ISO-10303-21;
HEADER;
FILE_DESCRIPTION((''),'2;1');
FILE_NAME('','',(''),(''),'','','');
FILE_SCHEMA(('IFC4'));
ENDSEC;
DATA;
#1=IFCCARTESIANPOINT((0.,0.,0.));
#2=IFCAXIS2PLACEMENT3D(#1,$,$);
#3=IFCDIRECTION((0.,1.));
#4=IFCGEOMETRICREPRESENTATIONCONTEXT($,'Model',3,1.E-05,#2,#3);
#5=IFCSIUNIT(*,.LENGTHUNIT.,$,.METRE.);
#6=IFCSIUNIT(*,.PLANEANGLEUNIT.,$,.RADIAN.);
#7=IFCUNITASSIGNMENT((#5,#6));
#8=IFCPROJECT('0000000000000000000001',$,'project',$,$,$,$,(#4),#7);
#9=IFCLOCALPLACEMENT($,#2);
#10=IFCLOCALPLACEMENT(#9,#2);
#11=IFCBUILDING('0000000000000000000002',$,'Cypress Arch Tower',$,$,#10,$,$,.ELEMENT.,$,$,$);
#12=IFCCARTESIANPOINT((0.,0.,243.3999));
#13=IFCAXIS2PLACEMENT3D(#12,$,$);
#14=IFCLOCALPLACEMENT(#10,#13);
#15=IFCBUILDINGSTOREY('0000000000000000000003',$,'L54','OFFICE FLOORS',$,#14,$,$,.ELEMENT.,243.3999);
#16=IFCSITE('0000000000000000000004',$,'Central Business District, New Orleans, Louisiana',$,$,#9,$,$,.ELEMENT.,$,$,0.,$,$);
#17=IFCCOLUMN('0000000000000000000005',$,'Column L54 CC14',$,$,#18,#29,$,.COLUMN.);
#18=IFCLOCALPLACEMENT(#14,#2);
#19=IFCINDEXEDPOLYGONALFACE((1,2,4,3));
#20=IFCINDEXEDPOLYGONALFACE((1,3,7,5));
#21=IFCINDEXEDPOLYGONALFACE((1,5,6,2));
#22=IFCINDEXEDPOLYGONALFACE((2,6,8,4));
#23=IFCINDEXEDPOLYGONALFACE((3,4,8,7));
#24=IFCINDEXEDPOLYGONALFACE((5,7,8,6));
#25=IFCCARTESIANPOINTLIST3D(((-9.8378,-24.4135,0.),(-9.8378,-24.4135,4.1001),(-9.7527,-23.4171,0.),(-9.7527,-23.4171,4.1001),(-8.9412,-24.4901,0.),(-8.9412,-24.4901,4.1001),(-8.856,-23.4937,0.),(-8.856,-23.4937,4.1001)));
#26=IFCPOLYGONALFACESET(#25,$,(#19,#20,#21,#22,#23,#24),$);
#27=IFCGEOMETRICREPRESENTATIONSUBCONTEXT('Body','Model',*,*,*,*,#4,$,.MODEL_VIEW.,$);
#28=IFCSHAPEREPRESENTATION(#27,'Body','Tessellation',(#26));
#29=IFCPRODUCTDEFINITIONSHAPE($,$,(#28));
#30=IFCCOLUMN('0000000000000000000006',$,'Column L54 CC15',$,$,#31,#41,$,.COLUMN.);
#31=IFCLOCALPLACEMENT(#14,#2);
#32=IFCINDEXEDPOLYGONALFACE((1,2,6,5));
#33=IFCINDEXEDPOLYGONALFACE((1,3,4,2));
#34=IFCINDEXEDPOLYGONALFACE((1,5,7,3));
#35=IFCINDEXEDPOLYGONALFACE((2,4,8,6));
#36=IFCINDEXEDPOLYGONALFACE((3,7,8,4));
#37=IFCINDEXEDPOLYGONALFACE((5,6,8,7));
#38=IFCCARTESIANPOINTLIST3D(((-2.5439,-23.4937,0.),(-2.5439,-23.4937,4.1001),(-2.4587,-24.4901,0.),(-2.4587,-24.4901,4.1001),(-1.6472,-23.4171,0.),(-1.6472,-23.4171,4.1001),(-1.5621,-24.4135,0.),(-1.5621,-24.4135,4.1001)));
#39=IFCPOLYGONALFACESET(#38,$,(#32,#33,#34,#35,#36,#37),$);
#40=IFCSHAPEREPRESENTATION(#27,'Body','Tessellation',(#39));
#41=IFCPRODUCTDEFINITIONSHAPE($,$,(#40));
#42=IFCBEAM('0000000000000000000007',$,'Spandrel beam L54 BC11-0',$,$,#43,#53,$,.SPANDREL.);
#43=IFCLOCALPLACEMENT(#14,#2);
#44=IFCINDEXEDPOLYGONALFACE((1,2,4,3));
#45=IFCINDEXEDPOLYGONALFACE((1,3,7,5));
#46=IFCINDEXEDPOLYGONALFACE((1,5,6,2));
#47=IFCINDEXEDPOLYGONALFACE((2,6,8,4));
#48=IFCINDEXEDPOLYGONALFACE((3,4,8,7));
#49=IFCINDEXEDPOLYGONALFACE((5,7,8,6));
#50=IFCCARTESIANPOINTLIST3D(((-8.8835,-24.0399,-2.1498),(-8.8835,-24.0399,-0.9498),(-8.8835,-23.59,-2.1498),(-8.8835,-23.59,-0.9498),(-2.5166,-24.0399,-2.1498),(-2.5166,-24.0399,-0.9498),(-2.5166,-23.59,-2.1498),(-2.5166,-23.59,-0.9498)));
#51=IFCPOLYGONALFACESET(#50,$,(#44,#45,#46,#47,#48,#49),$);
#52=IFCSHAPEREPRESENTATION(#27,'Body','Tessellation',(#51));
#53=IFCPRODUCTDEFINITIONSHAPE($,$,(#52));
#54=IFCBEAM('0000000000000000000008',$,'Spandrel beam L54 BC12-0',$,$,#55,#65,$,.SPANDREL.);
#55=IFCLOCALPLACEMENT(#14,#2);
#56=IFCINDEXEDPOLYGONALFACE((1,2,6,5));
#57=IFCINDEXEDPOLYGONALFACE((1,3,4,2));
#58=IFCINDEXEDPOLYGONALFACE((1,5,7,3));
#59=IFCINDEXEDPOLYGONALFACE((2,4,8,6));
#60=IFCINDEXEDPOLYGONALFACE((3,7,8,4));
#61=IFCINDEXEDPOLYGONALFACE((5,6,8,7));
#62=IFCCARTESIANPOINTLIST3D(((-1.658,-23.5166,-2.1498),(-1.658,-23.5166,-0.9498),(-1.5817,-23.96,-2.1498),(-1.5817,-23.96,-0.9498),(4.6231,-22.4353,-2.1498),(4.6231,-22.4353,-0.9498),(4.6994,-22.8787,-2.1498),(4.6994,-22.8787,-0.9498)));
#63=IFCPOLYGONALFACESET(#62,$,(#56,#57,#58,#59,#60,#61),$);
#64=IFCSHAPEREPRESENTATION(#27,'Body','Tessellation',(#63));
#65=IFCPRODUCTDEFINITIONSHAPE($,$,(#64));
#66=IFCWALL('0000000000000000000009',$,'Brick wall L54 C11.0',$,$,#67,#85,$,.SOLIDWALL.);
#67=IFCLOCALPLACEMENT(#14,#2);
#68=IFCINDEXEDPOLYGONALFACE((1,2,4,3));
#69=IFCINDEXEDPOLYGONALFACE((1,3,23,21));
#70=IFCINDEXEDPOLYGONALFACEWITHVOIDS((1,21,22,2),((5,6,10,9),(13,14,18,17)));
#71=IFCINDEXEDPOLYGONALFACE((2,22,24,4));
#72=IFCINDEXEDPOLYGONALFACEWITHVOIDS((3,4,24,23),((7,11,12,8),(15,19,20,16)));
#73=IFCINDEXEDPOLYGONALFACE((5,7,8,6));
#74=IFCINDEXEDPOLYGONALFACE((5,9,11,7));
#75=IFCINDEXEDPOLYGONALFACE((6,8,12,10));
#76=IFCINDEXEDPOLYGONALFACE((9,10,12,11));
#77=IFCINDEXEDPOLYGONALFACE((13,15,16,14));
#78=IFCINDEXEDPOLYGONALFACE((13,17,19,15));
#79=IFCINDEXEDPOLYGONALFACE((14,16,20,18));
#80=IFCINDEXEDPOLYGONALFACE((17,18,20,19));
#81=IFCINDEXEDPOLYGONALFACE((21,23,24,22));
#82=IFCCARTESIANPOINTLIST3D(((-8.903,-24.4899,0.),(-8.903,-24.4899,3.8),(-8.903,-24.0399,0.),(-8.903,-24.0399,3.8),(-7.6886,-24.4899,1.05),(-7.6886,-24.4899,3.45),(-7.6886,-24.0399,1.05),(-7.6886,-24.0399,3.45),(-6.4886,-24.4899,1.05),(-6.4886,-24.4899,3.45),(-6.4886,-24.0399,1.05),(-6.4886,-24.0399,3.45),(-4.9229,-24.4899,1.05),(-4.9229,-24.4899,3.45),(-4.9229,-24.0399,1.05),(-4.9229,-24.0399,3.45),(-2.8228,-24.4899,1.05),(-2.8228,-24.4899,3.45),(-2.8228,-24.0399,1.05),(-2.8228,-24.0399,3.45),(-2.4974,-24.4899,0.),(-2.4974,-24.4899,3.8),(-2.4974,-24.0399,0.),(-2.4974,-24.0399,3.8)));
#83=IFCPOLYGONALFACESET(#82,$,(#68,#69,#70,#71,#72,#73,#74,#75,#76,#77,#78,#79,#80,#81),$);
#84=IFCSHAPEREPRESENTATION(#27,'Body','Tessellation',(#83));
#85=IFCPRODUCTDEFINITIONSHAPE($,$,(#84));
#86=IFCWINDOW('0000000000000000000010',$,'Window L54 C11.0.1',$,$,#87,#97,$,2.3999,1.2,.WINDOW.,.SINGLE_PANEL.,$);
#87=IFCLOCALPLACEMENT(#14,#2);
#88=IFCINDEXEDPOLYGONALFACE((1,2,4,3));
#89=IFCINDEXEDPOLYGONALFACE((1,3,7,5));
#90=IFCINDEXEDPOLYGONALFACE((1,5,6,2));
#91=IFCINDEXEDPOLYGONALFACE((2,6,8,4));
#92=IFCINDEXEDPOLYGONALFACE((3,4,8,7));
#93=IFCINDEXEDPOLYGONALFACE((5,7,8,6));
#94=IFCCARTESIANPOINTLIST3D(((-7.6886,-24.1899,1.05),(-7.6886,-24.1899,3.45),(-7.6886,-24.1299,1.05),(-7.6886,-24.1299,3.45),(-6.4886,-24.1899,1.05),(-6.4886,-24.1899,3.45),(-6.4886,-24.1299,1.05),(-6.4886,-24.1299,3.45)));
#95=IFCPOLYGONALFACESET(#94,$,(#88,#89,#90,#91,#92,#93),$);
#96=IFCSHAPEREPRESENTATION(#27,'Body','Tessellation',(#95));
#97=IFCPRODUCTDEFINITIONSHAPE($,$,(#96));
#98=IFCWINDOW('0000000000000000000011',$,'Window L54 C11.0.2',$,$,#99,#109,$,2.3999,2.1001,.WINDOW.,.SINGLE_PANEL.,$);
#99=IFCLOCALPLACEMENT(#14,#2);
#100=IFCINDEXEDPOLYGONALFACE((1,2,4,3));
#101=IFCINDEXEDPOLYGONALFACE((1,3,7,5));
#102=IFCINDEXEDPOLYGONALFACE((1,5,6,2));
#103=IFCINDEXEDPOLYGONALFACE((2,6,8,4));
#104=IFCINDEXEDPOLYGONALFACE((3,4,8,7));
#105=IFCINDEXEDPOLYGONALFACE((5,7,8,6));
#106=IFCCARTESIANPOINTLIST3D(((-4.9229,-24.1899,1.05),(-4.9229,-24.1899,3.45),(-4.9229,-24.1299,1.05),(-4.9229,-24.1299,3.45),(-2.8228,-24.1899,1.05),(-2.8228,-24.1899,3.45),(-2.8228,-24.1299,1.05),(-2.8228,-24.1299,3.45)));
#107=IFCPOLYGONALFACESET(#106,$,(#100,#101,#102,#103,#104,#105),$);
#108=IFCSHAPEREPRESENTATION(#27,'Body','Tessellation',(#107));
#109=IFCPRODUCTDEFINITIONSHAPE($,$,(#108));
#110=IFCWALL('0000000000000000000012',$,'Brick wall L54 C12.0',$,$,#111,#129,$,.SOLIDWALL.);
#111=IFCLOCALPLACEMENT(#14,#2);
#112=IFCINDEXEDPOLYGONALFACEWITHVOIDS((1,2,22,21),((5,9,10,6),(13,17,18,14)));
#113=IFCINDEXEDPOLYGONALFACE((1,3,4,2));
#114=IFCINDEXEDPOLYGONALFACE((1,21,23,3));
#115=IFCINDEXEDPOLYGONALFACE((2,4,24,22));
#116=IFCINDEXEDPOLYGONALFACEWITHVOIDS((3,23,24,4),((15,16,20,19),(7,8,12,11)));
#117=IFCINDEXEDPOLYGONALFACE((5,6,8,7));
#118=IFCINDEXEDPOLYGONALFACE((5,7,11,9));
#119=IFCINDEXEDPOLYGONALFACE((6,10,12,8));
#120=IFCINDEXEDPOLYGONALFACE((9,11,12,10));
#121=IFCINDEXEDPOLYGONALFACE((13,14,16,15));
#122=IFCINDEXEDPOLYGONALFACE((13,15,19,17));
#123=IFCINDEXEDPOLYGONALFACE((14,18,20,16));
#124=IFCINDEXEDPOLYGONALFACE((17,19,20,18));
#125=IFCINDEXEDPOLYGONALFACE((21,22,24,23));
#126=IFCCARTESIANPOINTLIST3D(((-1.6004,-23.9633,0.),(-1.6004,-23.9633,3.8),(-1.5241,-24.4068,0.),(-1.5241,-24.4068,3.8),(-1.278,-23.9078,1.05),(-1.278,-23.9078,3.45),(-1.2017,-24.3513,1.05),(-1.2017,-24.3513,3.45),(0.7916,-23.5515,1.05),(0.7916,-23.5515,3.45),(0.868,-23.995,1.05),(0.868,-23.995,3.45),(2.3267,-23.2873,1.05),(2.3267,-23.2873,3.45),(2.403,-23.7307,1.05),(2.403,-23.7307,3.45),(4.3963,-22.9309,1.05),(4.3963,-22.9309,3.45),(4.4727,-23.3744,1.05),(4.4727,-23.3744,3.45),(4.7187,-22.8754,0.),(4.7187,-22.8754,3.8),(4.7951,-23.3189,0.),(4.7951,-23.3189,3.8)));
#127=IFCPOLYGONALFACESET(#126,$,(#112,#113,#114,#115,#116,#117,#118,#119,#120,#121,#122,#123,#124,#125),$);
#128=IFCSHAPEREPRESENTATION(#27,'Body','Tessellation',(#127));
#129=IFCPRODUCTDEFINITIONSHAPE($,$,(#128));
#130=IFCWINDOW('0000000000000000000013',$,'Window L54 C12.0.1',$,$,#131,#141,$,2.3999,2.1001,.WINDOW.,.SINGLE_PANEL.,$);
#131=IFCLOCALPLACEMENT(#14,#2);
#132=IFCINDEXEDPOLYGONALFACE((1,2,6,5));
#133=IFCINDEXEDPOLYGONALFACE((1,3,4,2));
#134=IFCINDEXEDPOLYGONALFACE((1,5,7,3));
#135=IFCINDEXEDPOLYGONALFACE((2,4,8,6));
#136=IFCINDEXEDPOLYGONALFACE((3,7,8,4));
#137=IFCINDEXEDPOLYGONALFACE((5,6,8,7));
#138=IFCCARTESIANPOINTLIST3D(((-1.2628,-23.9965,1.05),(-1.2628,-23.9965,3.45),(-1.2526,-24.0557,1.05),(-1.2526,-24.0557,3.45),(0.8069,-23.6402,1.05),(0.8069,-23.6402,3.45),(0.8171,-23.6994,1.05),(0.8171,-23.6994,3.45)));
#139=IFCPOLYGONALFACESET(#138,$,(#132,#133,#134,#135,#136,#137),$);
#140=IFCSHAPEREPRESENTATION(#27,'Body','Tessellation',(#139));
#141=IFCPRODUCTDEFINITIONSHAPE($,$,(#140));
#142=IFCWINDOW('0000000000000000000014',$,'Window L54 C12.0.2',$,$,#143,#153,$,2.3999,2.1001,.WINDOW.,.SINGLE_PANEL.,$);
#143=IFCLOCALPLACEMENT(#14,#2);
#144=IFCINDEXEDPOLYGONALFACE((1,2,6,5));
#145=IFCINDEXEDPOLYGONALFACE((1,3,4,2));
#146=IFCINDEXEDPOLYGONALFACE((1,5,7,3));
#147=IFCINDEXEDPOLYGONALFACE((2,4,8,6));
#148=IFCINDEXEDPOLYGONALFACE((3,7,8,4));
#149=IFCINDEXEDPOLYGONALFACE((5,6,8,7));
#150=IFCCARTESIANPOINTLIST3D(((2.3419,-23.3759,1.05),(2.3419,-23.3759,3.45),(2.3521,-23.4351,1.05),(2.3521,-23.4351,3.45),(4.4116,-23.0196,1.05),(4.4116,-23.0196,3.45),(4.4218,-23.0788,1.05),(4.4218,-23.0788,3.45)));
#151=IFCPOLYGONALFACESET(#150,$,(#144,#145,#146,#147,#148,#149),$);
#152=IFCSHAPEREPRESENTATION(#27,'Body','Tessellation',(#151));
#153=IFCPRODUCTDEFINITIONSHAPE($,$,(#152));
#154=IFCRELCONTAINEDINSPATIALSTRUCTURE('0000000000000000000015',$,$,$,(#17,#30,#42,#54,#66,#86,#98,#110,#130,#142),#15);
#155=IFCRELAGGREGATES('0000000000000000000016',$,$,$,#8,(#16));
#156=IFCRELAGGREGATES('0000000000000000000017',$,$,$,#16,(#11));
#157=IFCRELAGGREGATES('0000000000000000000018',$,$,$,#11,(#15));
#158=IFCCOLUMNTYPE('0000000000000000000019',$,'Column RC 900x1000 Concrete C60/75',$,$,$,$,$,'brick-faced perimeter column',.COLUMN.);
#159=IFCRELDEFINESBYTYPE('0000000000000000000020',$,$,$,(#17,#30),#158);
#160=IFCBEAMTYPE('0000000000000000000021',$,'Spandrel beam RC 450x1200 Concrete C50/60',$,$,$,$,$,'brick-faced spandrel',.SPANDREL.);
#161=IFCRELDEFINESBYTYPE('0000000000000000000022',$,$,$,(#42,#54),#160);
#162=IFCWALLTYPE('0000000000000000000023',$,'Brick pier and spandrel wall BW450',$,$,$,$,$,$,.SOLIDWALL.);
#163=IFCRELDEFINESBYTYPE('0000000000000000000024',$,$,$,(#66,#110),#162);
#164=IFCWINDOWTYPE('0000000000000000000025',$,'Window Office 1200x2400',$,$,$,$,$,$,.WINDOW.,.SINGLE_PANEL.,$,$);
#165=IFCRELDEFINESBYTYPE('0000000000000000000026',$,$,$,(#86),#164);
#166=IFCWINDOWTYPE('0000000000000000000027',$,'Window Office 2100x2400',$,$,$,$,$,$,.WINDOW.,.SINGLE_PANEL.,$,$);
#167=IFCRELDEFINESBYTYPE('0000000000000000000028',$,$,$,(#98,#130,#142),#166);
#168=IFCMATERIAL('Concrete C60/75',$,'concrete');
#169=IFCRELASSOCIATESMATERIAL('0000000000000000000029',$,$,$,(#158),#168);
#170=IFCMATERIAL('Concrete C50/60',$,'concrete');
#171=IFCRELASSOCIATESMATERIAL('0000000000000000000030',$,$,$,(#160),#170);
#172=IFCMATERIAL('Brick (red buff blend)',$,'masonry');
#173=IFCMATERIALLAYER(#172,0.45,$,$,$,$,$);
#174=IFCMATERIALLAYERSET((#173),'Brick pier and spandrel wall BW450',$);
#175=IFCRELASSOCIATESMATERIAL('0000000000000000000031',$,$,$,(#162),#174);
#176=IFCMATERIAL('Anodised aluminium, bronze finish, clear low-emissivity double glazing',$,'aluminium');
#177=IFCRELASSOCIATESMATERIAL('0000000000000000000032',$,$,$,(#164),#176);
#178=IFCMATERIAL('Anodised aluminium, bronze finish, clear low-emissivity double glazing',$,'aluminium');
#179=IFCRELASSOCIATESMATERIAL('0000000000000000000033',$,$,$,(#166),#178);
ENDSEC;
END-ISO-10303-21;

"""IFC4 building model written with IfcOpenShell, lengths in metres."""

from ifc_helpers import new_model, si_unit, direction, frame, frame_2d, origin, origin_2d, place, context, subcontext, project, spatial, rectangle, extrude, material, layer, layer_set, material_profile, profile_set, type_object, element, fill, save


model = new_model("IFC4")

# Units and contexts
model_context = context("Model", 3, precision=1e-05, world=origin(), true_north=direction((0.0, 1.0)))
body_context = subcontext(model_context, "Body", "Model", "MODEL_VIEW")
ifc_project = project(units=[si_unit("LENGTHUNIT", "METRE"), si_unit("PLANEANGLEUNIT", "RADIAN")], contexts=[model_context])

# Site, building, storey
site_placement = place(None, origin())
site = spatial("IfcSite", under=ifc_project, at=site_placement, Name="Central Business District, New Orleans, Louisiana", CompositionType="ELEMENT", RefElevation=0.0)
building_placement = place(site_placement, origin())
building = spatial("IfcBuilding", under=site, at=building_placement, Name="Cypress Arch Tower", CompositionType="ELEMENT")
storey_placement = place(building_placement, frame((0.0, 0.0, 243.3999)))
storey = spatial("IfcBuildingStorey", under=building, at=storey_placement, Name="L54", Description="OFFICE FLOORS", CompositionType="ELEMENT", Elevation=243.3999)

# Columns
ifc_material_1 = material(Name="Concrete C60/75", Category="concrete")
ifc_material_profile_1 = material_profile(ifc_material_1, rectangle(XDim=0.8999, YDim=1.0, at=origin_2d()), Name="RC 900x1000")
ifc_profile_set_1 = profile_set([ifc_material_profile_1], Name="Concrete C60/75")
column_type = type_object("IfcColumnType", Name="Column RC 900x1000 Concrete C60/75", ElementType="brick-faced perimeter column", PredefinedType="COLUMN", material=ifc_profile_set_1)
for number, where, z_axis, x_axis, name in (
    (1, (-9.3469, -23.9536, 0.0), (0.0, 0.0, 1.0), (0.996368, -0.085149, 0.0), "Column L54 CC14"),
    (2, (-2.053, -23.9536, 0.0), (0.0, 0.0, 1.0), (0.996368, 0.085149, 0.0), "Column L54 CC15"),
):
    element("IfcColumn", number, at=place(storey_placement, frame(where, z_axis=z_axis, x_axis=x_axis)), inside=storey, type_object=column_type, Name=name, PredefinedType="COLUMN", context=body_context, shape_type="SweptSolid", body=[
        extrude(rectangle(XDim=0.8999, YDim=1.0, at=origin_2d()), origin(), (0.0, 0.0, 1.0), 4.1001),
    ])

# Beams
ifc_material_2 = material(Name="Concrete C50/60", Category="concrete")
ifc_material_profile_2 = material_profile(ifc_material_2, rectangle(XDim=0.45, YDim=1.2, at=origin_2d()), Name="RC 450x1200")
ifc_profile_set_2 = profile_set([ifc_material_profile_2], Name="Concrete C50/60")
beam_type = type_object("IfcBeamType", Name="Spandrel beam RC 450x1200 Concrete C50/60", ElementType="brick-faced spandrel", PredefinedType="SPANDREL", material=ifc_profile_set_2)
beam_1_placement = place(storey_placement, frame((-8.8835, -23.8149, -1.5498), z_axis=(1.0, 0.0, 0.0), x_axis=(0.0, 1.0, 0.0)))
element("IfcBeam", 3, at=beam_1_placement, inside=storey, type_object=beam_type, Name="Spandrel beam L54 BC11-0", PredefinedType="SPANDREL", context=body_context, shape_type="SweptSolid", body=[
    extrude(rectangle(XDim=0.45, YDim=1.2, at=origin_2d()), origin(), (0.0, 0.0, 1.0), 6.3669),
])
beam_2_placement = place(storey_placement, frame((-1.6199, -23.7383, -1.5498), z_axis=(0.985504, 0.169652, 0.0), x_axis=(-0.169652, 0.985504, 0.0)))
element("IfcBeam", 4, at=beam_2_placement, inside=storey, type_object=beam_type, Name="Spandrel beam L54 BC12-0", PredefinedType="SPANDREL", context=body_context, shape_type="SweptSolid", body=[
    extrude(rectangle(XDim=0.45, YDim=1.2, at=origin_2d()), origin(), (0.0, 0.0, 1.0), 6.3735),
])

# Walls, openings, windows
ifc_material_3 = material(Name="Brick (red buff blend)", Category="masonry")
ifc_layer_1 = layer(ifc_material_3, 0.45)
ifc_layer_set_1 = layer_set([ifc_layer_1], Name="Brick pier and spandrel wall BW450")
wall_type_1 = type_object("IfcWallType", Name="Brick pier and spandrel wall BW450", PredefinedType="SOLIDWALL", material=ifc_layer_set_1)
wall_1_placement = place(storey_placement, frame((-8.9028, -24.2649, 0.0), z_axis=(0.0, 0.0, 1.0), x_axis=(1.0, 0.0, 0.0)))
wall_1 = element("IfcWall", 5, at=wall_1_placement, inside=storey, type_object=wall_type_1, Name="Brick wall L54 C11.0", PredefinedType="SOLIDWALL", context=body_context, shape_type="SweptSolid", body=[
    extrude(rectangle(XDim=6.4055, YDim=0.45, at=frame_2d((3.2026, 0.0))), origin(), (0.0, 0.0, 1.0), 3.8),
])
opening_1_placement = place(wall_1_placement, frame((3.98, 0.0, 1.05)))
opening_1 = element("IfcOpeningElement", 6, at=opening_1_placement, cuts=wall_1, PredefinedType="OPENING", context=body_context, shape_type="SweptSolid", body=[
    extrude(rectangle(XDim=2.1001, YDim=2.3999, at=frame_2d((1.05, 1.2))), frame((0.0, 0.2349, 0.0), z_axis=(0.0, -1.0, 0.0), x_axis=(1.0, 0.0, 0.0)), (0.0, 0.0, 1.0), 0.47),
])
opening_2_placement = place(wall_1_placement, frame((1.2141, 0.0, 1.05)))
opening_2 = element("IfcOpeningElement", 7, at=opening_2_placement, cuts=wall_1, PredefinedType="OPENING", context=body_context, shape_type="SweptSolid", body=[
    extrude(rectangle(XDim=1.2, YDim=2.3999, at=frame_2d((0.6001, 1.2))), frame((0.0, 0.2349, 0.0), z_axis=(0.0, -1.0, 0.0), x_axis=(1.0, 0.0, 0.0)), (0.0, 0.0, 1.0), 0.47),
])
ifc_material_4 = material(Name="Anodised aluminium, bronze finish, clear low-emissivity double glazing", Category="aluminium")
window_type_1 = type_object("IfcWindowType", Name="Window Office 1200x2400", PartitioningType="SINGLE_PANEL", PredefinedType="WINDOW", material=ifc_material_4)
window_1_placement = place(opening_2_placement, origin())
window_1 = element("IfcWindow", 8, at=window_1_placement, inside=storey, type_object=window_type_1, Name="Window L54 C11.0.1", OverallHeight=2.3999, OverallWidth=1.2, PartitioningType="SINGLE_PANEL", PredefinedType="WINDOW", context=body_context, shape_type="SweptSolid", body=[
    extrude(rectangle(XDim=1.2, YDim=2.3999, at=frame_2d((0.6001, 1.2))), frame((0.0, 0.135, 0.0), z_axis=(0.0, -1.0, 0.0), x_axis=(1.0, 0.0, 0.0)), (0.0, 0.0, 1.0), 0.0601),
])
fill(opening_2, window_1)
ifc_material_5 = material(Name="Anodised aluminium, bronze finish, clear low-emissivity double glazing", Category="aluminium")
window_type_2 = type_object("IfcWindowType", Name="Window Office 2100x2400", PartitioningType="SINGLE_PANEL", PredefinedType="WINDOW", material=ifc_material_5)
window_2_placement = place(opening_1_placement, origin())
window_2 = element("IfcWindow", 9, at=window_2_placement, inside=storey, type_object=window_type_2, Name="Window L54 C11.0.2", OverallHeight=2.3999, OverallWidth=2.1001, PartitioningType="SINGLE_PANEL", PredefinedType="WINDOW", context=body_context, shape_type="SweptSolid", body=[
    extrude(rectangle(XDim=2.1001, YDim=2.3999, at=frame_2d((1.05, 1.2))), frame((0.0, 0.135, 0.0), z_axis=(0.0, -1.0, 0.0), x_axis=(1.0, 0.0, 0.0)), (0.0, 0.0, 1.0), 0.0601),
])
fill(opening_1, window_2)
wall_2_placement = place(storey_placement, frame((-1.5623, -24.1851, 0.0), z_axis=(0.0, 0.0, 1.0), x_axis=(0.985502, 0.169663, 0.0)))
wall_2 = element("IfcWall", 10, at=wall_2_placement, inside=storey, type_object=wall_type_1, Name="Brick wall L54 C12.0", PredefinedType="SOLIDWALL", context=body_context, shape_type="SweptSolid", body=[
    extrude(rectangle(XDim=6.4121, YDim=0.45, at=frame_2d((3.2061, 0.0))), origin(), (0.0, 0.0, 1.0), 3.8),
])
opening_3_placement = place(wall_2_placement, frame((0.3271, 0.0, 1.05)))
opening_3 = element("IfcOpeningElement", 11, at=opening_3_placement, cuts=wall_2, PredefinedType="OPENING", context=body_context, shape_type="SweptSolid", body=[
    extrude(rectangle(XDim=2.1001, YDim=2.3999, at=frame_2d((1.05, 1.2))), frame((0.0, 0.2349, 0.0), z_axis=(0.0, -1.0, 0.0), x_axis=(1.0, 0.0, 0.0)), (0.0, 0.0, 1.0), 0.47),
])
opening_4_placement = place(wall_2_placement, frame((3.9849, 0.0, 1.05)))
opening_4 = element("IfcOpeningElement", 12, at=opening_4_placement, cuts=wall_2, PredefinedType="OPENING", context=body_context, shape_type="SweptSolid", body=[
    extrude(rectangle(XDim=2.1001, YDim=2.3999, at=frame_2d((1.05, 1.2))), frame((0.0, 0.2349, 0.0), z_axis=(0.0, -1.0, 0.0), x_axis=(1.0, 0.0, 0.0)), (0.0, 0.0, 1.0), 0.47),
])
window_3_placement = place(opening_3_placement, origin())
window_3 = element("IfcWindow", 13, at=window_3_placement, inside=storey, type_object=window_type_2, Name="Window L54 C12.0.1", OverallHeight=2.3999, OverallWidth=2.1001, PartitioningType="SINGLE_PANEL", PredefinedType="WINDOW", context=body_context, shape_type="SweptSolid", body=[
    extrude(rectangle(XDim=2.1001, YDim=2.3999, at=frame_2d((1.05, 1.2))), frame((0.0, 0.135, 0.0), z_axis=(0.0, -1.0, 0.0), x_axis=(1.0, 0.0, 0.0)), (0.0, 0.0, 1.0), 0.0601),
])
fill(opening_3, window_3)
window_4_placement = place(opening_4_placement, origin())
window_4 = element("IfcWindow", 14, at=window_4_placement, inside=storey, type_object=window_type_2, Name="Window L54 C12.0.2", OverallHeight=2.3999, OverallWidth=2.1001, PartitioningType="SINGLE_PANEL", PredefinedType="WINDOW", context=body_context, shape_type="SweptSolid", body=[
    extrude(rectangle(XDim=2.1001, YDim=2.3999, at=frame_2d((1.05, 1.2))), frame((0.0, 0.135, 0.0), z_axis=(0.0, -1.0, 0.0), x_axis=(1.0, 0.0, 0.0)), (0.0, 0.0, 1.0), 0.0601),
])
fill(opening_4, window_4)

save(model, "model.ifc")
